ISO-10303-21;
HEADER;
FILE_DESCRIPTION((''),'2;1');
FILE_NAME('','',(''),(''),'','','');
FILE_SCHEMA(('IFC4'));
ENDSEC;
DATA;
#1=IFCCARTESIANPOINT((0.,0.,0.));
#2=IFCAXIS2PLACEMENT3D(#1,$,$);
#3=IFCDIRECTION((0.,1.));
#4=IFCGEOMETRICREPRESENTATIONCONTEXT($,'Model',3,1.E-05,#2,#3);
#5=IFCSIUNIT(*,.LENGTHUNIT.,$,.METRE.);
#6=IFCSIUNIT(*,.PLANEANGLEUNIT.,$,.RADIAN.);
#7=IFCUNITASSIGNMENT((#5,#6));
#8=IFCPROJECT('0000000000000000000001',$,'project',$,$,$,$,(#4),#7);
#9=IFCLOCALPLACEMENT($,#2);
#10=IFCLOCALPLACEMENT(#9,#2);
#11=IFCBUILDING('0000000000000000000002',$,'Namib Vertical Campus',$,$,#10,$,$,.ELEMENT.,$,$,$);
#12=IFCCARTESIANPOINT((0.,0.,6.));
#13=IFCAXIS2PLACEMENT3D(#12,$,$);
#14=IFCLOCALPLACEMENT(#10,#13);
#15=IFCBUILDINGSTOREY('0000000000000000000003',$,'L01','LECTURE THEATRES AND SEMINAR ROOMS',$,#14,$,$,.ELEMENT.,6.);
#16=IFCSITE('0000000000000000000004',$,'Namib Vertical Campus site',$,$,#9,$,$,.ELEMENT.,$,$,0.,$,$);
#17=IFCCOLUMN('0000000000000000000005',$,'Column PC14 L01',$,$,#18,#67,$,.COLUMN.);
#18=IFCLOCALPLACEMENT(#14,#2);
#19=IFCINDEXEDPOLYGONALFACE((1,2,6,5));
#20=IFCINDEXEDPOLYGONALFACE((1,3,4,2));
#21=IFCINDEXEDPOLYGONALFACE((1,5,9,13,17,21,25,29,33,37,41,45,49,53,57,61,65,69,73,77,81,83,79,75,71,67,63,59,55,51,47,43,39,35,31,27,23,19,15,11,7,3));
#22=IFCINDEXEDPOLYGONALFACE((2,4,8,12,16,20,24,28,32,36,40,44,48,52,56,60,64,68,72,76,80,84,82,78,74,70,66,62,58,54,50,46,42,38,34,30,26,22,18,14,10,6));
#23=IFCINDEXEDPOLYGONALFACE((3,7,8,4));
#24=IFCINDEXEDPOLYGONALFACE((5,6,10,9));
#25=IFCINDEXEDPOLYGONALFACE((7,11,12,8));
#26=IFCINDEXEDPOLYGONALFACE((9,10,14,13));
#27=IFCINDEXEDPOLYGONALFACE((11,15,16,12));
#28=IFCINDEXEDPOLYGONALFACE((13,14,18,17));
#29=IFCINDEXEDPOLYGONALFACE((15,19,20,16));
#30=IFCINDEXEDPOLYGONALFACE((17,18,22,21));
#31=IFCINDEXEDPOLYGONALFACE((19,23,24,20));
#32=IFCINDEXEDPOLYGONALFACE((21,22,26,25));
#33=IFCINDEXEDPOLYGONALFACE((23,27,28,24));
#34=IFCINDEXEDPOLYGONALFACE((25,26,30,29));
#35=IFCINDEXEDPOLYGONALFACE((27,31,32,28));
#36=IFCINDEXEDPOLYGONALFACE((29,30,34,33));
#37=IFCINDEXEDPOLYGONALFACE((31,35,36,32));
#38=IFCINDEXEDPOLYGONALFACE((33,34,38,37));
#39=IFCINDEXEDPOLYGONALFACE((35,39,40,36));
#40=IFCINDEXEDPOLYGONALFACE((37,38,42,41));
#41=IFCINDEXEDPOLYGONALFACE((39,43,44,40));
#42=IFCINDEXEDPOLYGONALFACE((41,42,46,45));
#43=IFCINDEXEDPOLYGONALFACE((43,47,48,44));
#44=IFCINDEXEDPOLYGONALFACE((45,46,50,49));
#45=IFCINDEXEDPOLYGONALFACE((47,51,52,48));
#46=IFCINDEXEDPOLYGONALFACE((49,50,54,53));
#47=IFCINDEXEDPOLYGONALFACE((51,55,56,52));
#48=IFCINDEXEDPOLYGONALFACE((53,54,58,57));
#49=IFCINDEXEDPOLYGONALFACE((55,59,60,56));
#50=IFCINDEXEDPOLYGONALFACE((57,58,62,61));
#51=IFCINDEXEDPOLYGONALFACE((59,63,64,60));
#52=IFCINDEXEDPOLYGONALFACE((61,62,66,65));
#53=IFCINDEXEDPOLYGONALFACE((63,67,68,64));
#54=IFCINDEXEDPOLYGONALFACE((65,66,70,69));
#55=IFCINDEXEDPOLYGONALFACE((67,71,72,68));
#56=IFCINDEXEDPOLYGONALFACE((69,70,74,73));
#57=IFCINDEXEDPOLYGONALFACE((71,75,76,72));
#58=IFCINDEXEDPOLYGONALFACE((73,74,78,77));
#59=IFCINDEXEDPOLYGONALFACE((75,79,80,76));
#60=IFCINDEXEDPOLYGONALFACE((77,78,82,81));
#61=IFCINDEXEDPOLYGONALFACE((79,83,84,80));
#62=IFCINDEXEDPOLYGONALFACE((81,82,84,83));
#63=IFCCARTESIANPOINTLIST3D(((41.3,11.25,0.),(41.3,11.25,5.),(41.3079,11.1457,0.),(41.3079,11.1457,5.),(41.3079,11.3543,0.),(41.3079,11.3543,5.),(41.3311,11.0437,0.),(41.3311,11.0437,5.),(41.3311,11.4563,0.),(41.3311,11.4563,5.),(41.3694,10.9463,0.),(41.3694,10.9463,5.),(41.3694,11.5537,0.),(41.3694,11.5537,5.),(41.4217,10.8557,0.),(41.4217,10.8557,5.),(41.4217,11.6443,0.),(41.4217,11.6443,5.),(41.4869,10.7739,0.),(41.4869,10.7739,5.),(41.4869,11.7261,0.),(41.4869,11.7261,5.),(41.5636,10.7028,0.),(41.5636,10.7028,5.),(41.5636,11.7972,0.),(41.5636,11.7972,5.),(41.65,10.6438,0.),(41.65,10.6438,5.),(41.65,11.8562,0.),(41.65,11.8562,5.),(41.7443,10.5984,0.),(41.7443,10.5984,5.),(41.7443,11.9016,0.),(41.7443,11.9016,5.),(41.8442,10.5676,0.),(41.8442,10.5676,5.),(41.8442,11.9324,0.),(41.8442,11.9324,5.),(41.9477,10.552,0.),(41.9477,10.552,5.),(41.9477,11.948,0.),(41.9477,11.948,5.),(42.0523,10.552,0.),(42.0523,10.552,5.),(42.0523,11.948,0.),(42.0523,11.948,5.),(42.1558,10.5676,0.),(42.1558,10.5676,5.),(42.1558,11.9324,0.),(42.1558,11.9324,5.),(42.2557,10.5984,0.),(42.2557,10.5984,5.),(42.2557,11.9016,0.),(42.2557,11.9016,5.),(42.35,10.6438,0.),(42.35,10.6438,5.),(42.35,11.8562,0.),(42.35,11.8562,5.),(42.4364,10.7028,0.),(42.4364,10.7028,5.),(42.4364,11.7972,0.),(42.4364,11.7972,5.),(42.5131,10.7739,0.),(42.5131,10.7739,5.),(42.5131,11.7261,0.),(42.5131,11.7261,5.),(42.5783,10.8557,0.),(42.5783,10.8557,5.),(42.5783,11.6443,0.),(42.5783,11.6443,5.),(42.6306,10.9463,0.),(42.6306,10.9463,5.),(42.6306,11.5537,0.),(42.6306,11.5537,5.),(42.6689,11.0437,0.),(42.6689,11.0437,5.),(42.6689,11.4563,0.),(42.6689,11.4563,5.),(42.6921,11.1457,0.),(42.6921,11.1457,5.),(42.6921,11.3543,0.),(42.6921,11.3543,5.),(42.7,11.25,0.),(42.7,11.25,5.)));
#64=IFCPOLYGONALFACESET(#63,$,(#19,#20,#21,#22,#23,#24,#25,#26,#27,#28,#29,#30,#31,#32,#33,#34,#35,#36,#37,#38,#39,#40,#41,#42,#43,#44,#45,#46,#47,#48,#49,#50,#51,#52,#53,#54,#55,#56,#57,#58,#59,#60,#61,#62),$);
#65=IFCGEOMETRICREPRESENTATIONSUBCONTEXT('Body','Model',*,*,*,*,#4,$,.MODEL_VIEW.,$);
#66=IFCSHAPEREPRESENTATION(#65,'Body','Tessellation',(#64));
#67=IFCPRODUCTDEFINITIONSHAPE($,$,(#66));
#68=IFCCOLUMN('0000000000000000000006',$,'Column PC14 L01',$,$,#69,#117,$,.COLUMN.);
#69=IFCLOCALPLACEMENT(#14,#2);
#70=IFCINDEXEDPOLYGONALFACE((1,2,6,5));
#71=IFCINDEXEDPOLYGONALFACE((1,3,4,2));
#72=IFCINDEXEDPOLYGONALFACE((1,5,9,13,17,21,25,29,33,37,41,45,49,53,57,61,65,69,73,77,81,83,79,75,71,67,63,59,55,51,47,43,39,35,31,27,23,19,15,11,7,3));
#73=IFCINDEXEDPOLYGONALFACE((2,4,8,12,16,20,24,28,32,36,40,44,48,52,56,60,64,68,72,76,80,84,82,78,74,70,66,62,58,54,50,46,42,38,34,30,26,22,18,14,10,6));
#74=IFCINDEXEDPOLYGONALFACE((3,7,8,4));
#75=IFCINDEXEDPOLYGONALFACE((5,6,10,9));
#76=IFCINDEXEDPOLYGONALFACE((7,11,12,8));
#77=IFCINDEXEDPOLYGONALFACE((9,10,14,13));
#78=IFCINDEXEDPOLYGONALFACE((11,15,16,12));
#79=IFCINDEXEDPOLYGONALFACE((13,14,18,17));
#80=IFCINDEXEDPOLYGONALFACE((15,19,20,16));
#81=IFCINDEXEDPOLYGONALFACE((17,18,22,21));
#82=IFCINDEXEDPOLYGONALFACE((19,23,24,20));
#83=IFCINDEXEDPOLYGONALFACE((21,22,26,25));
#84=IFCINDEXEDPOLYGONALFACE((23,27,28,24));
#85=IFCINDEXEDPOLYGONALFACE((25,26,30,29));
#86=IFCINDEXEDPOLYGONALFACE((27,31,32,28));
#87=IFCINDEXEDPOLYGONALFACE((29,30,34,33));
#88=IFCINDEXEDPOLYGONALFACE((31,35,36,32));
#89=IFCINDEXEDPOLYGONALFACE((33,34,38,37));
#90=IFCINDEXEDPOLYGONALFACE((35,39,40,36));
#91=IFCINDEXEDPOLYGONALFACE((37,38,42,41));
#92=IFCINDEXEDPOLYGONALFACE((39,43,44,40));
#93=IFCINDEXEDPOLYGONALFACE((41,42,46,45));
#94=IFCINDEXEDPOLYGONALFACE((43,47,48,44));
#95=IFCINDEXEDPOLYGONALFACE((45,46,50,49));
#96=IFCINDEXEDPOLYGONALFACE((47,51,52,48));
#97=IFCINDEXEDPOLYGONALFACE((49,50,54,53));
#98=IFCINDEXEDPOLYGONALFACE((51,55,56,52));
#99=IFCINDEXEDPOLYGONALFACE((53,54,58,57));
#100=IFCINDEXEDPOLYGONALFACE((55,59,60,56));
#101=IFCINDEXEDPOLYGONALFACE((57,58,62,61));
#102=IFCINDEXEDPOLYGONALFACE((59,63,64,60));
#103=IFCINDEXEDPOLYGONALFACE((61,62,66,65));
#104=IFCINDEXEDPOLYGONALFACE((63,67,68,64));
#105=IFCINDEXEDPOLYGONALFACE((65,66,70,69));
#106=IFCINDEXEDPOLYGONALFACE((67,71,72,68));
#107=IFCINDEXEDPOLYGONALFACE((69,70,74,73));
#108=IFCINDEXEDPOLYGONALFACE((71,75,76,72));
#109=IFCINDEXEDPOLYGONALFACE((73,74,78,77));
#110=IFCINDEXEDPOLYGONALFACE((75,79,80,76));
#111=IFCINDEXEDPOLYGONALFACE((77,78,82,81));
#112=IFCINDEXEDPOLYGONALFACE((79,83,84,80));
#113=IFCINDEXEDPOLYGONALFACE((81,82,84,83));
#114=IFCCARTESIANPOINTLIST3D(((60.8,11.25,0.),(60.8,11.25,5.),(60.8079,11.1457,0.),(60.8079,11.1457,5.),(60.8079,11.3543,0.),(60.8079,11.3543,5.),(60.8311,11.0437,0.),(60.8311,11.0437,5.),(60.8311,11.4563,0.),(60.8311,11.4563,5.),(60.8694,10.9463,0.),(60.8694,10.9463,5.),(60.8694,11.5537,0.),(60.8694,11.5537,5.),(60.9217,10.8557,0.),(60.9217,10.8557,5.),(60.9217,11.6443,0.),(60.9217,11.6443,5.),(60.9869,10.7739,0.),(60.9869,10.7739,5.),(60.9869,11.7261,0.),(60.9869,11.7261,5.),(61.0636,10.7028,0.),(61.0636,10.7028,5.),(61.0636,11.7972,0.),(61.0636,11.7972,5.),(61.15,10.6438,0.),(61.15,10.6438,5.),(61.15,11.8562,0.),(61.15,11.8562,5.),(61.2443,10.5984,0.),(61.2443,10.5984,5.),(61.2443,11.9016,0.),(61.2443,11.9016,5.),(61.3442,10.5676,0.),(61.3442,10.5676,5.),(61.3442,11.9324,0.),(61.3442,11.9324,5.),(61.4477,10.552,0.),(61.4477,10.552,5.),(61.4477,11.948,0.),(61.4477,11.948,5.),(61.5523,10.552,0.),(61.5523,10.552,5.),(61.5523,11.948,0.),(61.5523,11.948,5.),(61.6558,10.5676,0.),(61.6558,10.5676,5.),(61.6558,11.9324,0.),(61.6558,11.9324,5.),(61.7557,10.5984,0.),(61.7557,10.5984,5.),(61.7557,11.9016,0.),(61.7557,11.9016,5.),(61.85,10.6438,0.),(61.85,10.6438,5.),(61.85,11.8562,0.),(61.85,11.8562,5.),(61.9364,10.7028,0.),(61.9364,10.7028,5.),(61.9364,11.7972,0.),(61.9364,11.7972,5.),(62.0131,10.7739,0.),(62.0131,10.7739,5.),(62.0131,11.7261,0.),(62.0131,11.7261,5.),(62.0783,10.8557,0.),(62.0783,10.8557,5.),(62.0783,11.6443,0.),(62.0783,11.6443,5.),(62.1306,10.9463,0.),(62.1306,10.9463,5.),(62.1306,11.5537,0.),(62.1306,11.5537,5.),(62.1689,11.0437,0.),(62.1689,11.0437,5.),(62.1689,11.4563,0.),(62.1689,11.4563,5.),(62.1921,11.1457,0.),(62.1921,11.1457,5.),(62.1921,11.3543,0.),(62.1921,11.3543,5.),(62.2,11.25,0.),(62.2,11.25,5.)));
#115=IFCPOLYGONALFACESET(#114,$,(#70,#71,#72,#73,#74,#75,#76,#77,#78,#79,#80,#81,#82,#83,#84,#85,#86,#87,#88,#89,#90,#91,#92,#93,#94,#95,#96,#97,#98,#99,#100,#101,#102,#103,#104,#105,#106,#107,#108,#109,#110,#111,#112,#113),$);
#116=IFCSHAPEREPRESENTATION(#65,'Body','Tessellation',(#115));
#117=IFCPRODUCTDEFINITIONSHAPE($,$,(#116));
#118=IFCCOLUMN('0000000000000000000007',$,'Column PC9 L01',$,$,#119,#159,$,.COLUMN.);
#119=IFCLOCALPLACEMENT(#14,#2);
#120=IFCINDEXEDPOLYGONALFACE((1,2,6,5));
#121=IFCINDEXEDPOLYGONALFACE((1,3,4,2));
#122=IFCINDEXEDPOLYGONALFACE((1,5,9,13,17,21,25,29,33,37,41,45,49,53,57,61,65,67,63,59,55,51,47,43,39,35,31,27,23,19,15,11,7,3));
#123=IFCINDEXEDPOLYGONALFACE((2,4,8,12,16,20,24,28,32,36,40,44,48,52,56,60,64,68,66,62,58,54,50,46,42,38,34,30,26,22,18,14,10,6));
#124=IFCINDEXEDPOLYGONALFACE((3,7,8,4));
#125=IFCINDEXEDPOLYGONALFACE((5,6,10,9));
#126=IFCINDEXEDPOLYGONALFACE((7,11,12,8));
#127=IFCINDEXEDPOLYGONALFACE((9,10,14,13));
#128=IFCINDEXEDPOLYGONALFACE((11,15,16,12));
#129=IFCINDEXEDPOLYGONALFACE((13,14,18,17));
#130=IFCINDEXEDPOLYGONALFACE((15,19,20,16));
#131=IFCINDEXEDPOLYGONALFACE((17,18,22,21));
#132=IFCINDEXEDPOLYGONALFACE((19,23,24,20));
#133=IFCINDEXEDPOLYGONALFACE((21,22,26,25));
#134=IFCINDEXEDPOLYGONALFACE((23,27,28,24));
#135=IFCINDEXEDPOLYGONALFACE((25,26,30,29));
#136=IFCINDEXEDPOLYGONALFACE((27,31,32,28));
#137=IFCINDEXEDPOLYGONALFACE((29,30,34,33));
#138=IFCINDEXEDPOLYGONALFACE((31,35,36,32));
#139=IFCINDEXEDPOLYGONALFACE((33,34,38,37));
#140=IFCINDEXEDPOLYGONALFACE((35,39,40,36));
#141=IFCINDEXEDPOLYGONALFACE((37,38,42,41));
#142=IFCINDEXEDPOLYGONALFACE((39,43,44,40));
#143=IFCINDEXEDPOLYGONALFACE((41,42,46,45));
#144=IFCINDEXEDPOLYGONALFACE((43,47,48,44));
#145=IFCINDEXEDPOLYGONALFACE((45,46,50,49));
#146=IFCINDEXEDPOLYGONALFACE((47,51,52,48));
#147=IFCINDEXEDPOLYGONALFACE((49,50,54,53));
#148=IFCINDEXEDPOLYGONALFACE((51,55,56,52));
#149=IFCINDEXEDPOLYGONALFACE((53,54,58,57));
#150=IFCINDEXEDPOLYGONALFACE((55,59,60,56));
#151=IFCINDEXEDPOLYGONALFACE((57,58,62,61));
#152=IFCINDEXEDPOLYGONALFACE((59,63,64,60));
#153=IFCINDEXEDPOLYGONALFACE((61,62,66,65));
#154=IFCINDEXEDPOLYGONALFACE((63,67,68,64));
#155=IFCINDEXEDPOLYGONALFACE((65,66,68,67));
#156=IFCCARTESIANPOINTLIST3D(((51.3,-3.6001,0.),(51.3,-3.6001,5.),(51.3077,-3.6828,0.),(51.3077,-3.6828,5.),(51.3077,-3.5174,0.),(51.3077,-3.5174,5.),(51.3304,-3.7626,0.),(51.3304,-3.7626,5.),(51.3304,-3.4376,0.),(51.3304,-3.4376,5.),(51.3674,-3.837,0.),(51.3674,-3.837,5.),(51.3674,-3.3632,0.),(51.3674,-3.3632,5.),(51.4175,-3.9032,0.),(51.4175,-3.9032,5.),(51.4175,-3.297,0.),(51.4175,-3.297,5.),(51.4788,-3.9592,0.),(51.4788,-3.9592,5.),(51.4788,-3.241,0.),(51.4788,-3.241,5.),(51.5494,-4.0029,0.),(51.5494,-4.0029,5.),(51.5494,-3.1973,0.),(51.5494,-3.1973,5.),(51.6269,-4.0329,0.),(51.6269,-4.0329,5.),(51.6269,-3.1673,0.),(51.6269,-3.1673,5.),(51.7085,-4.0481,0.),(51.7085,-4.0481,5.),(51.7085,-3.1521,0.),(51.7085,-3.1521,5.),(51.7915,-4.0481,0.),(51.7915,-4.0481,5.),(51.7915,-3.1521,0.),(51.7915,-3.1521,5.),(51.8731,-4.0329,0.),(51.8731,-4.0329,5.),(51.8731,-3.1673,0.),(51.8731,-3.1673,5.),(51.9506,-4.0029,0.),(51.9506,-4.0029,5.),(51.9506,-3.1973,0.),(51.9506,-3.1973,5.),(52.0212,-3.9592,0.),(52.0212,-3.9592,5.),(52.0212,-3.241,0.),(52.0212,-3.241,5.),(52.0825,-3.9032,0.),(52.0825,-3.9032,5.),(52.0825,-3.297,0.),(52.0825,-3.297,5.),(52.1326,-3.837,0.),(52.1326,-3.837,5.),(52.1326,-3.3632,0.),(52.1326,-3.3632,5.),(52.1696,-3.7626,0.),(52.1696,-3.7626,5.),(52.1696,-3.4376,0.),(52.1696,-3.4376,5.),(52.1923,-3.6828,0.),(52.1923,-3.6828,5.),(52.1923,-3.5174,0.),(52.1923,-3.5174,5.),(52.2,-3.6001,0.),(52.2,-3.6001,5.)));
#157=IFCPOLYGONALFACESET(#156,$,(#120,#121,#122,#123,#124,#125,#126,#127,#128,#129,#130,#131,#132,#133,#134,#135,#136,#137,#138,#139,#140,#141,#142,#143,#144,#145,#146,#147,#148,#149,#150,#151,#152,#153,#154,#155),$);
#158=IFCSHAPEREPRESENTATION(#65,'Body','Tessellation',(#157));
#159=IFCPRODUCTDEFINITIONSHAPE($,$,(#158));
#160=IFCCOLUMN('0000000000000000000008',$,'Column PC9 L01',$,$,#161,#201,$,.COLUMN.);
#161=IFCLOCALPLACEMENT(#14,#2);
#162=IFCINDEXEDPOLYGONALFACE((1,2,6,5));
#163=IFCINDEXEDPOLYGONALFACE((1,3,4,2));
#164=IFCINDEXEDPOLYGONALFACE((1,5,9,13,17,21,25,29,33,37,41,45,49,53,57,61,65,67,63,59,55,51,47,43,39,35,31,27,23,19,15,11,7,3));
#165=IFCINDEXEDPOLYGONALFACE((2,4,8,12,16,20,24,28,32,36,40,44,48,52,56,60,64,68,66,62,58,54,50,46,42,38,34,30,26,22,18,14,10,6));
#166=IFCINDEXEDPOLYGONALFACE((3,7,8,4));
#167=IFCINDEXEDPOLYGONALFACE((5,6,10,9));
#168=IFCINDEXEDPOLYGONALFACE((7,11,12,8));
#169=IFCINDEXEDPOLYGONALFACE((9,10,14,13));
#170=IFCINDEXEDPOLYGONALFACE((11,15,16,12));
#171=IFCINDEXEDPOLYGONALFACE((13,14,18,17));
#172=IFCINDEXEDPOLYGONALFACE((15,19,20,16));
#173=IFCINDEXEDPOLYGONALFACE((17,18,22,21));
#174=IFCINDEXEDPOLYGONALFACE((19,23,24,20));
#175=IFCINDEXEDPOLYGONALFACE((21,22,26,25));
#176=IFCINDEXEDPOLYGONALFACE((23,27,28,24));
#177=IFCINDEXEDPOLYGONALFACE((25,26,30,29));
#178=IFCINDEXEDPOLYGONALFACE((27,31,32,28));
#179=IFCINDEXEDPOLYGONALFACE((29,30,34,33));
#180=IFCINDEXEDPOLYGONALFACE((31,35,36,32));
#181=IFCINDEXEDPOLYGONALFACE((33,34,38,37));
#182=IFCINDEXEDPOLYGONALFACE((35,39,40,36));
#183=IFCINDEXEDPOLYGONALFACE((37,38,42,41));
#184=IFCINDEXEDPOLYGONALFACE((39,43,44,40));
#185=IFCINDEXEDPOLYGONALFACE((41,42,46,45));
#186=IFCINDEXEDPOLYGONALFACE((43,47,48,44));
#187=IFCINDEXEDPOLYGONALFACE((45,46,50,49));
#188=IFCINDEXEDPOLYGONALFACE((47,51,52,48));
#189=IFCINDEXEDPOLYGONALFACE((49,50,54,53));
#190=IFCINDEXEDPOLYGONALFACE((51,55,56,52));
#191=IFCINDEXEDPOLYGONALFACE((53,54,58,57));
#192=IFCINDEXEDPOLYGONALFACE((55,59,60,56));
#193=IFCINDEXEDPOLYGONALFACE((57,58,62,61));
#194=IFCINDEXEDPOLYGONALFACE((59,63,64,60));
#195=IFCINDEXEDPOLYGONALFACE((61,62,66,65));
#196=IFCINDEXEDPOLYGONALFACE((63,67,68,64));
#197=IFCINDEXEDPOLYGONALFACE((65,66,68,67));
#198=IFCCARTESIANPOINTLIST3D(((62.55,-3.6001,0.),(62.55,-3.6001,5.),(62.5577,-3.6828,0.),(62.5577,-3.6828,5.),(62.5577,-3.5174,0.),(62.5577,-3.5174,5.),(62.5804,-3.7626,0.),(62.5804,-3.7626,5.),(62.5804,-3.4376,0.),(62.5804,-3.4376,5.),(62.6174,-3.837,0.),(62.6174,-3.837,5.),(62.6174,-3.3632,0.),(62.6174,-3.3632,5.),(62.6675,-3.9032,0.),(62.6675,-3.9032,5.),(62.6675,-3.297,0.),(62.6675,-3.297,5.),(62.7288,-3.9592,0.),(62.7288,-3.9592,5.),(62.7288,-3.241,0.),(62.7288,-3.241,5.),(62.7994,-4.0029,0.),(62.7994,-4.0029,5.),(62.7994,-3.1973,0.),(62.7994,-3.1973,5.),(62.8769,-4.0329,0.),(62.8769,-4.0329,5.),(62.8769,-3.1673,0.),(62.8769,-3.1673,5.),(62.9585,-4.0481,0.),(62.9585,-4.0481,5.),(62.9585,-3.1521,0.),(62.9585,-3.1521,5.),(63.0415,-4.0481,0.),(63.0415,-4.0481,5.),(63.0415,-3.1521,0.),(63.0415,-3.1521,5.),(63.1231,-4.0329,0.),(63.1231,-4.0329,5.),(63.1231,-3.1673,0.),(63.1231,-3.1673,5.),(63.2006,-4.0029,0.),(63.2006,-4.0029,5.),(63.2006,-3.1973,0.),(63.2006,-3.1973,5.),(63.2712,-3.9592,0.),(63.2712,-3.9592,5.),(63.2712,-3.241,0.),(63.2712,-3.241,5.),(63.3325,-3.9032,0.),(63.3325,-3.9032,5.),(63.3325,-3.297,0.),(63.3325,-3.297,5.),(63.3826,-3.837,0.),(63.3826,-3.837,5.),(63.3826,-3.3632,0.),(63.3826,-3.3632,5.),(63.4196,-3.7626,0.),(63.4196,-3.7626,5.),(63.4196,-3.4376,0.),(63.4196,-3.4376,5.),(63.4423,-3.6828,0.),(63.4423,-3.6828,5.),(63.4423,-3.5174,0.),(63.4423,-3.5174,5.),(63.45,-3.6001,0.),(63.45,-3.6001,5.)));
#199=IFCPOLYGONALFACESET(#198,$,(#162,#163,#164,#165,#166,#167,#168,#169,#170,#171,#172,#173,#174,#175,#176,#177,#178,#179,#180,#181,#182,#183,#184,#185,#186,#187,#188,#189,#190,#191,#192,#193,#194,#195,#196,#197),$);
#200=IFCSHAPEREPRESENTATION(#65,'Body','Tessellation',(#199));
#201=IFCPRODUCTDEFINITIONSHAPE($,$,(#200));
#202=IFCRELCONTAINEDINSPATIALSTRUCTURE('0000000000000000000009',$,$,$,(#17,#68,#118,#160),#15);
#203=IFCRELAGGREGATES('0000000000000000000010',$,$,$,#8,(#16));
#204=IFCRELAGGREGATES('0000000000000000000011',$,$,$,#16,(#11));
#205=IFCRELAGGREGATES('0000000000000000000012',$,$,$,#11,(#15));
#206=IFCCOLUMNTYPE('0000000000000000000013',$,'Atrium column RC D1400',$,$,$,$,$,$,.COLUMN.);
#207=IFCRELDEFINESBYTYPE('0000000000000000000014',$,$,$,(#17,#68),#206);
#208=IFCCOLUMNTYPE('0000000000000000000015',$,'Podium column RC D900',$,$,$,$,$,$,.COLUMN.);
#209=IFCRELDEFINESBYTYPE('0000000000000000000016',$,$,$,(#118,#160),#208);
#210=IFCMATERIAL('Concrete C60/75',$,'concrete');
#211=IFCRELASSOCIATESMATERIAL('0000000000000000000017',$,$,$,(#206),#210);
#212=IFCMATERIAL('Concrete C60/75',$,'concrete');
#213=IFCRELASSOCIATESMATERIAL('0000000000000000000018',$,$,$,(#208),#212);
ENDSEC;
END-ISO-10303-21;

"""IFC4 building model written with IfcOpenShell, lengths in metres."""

from ifc_helpers import new_model, si_unit, direction, frame, origin, origin_2d, place, context, subcontext, project, spatial, circle, extrude, material, material_profile, profile_set, type_object, element, save


model = new_model("IFC4")

# Units and contexts
model_context = context("Model", 3, precision=1e-05, world=origin(), true_north=direction((0.0, 1.0)))
body_context = subcontext(model_context, "Body", "Model", "MODEL_VIEW")
ifc_project = project(units=[si_unit("LENGTHUNIT", "METRE"), si_unit("PLANEANGLEUNIT", "RADIAN")], contexts=[model_context])

# Site, building, storey
site_placement = place(None, origin())
site = spatial("IfcSite", under=ifc_project, at=site_placement, Name="Namib Vertical Campus site", CompositionType="ELEMENT", RefElevation=0.0)
building_placement = place(site_placement, origin())
building = spatial("IfcBuilding", under=site, at=building_placement, Name="Namib Vertical Campus", CompositionType="ELEMENT")
storey_placement = place(building_placement, frame((0.0, 0.0, 6.0)))
storey = spatial("IfcBuildingStorey", under=building, at=storey_placement, Name="L01", Description="LECTURE THEATRES AND SEMINAR ROOMS", CompositionType="ELEMENT", Elevation=6.0)

# Columns
ifc_material_1 = material(Name="Concrete C60/75", Category="concrete")
ifc_material_profile_1 = material_profile(ifc_material_1, circle(Radius=0.7, at=origin_2d()))
ifc_profile_set_1 = profile_set([ifc_material_profile_1], Name="Concrete C60/75")
column_type_1 = type_object("IfcColumnType", Name="Atrium column RC D1400", PredefinedType="COLUMN", material=ifc_profile_set_1)
for number, where, z_axis, x_axis, name in (
    (1, (42.0, 11.25, 0.0), (0.0, 0.0, 1.0), (1.0, 0.0, 0.0), "Column PC14 L01"),
    (2, (61.5, 11.25, 0.0), (0.0, 0.0, 1.0), (1.0, 0.0, 0.0), "Column PC14 L01"),
):
    element("IfcColumn", number, at=place(storey_placement, frame(where, z_axis=z_axis, x_axis=x_axis)), inside=storey, type_object=column_type_1, Name=name, PredefinedType="COLUMN", context=body_context, shape_type="SweptSolid", body=[
        extrude(circle(Radius=0.7, at=origin_2d()), origin(), (0.0, 0.0, 1.0), 5.0),
    ])
ifc_material_2 = material(Name="Concrete C60/75", Category="concrete")
ifc_material_profile_2 = material_profile(ifc_material_2, circle(Radius=0.45, at=origin_2d()))
ifc_profile_set_2 = profile_set([ifc_material_profile_2], Name="Concrete C60/75")
column_type_2 = type_object("IfcColumnType", Name="Podium column RC D900", PredefinedType="COLUMN", material=ifc_profile_set_2)
for number, where, z_axis, x_axis, name in (
    (3, (51.75, -3.6001, 0.0), (0.0, 0.0, 1.0), (1.0, 0.0, 0.0), "Column PC9 L01"),
    (4, (63.0, -3.6001, 0.0), (0.0, 0.0, 1.0), (1.0, 0.0, 0.0), "Column PC9 L01"),
):
    element("IfcColumn", number, at=place(storey_placement, frame(where, z_axis=z_axis, x_axis=x_axis)), inside=storey, type_object=column_type_2, Name=name, PredefinedType="COLUMN", context=body_context, shape_type="SweptSolid", body=[
        extrude(circle(Radius=0.45, at=origin_2d()), origin(), (0.0, 0.0, 1.0), 5.0),
    ])

save(model, "model.ifc")
